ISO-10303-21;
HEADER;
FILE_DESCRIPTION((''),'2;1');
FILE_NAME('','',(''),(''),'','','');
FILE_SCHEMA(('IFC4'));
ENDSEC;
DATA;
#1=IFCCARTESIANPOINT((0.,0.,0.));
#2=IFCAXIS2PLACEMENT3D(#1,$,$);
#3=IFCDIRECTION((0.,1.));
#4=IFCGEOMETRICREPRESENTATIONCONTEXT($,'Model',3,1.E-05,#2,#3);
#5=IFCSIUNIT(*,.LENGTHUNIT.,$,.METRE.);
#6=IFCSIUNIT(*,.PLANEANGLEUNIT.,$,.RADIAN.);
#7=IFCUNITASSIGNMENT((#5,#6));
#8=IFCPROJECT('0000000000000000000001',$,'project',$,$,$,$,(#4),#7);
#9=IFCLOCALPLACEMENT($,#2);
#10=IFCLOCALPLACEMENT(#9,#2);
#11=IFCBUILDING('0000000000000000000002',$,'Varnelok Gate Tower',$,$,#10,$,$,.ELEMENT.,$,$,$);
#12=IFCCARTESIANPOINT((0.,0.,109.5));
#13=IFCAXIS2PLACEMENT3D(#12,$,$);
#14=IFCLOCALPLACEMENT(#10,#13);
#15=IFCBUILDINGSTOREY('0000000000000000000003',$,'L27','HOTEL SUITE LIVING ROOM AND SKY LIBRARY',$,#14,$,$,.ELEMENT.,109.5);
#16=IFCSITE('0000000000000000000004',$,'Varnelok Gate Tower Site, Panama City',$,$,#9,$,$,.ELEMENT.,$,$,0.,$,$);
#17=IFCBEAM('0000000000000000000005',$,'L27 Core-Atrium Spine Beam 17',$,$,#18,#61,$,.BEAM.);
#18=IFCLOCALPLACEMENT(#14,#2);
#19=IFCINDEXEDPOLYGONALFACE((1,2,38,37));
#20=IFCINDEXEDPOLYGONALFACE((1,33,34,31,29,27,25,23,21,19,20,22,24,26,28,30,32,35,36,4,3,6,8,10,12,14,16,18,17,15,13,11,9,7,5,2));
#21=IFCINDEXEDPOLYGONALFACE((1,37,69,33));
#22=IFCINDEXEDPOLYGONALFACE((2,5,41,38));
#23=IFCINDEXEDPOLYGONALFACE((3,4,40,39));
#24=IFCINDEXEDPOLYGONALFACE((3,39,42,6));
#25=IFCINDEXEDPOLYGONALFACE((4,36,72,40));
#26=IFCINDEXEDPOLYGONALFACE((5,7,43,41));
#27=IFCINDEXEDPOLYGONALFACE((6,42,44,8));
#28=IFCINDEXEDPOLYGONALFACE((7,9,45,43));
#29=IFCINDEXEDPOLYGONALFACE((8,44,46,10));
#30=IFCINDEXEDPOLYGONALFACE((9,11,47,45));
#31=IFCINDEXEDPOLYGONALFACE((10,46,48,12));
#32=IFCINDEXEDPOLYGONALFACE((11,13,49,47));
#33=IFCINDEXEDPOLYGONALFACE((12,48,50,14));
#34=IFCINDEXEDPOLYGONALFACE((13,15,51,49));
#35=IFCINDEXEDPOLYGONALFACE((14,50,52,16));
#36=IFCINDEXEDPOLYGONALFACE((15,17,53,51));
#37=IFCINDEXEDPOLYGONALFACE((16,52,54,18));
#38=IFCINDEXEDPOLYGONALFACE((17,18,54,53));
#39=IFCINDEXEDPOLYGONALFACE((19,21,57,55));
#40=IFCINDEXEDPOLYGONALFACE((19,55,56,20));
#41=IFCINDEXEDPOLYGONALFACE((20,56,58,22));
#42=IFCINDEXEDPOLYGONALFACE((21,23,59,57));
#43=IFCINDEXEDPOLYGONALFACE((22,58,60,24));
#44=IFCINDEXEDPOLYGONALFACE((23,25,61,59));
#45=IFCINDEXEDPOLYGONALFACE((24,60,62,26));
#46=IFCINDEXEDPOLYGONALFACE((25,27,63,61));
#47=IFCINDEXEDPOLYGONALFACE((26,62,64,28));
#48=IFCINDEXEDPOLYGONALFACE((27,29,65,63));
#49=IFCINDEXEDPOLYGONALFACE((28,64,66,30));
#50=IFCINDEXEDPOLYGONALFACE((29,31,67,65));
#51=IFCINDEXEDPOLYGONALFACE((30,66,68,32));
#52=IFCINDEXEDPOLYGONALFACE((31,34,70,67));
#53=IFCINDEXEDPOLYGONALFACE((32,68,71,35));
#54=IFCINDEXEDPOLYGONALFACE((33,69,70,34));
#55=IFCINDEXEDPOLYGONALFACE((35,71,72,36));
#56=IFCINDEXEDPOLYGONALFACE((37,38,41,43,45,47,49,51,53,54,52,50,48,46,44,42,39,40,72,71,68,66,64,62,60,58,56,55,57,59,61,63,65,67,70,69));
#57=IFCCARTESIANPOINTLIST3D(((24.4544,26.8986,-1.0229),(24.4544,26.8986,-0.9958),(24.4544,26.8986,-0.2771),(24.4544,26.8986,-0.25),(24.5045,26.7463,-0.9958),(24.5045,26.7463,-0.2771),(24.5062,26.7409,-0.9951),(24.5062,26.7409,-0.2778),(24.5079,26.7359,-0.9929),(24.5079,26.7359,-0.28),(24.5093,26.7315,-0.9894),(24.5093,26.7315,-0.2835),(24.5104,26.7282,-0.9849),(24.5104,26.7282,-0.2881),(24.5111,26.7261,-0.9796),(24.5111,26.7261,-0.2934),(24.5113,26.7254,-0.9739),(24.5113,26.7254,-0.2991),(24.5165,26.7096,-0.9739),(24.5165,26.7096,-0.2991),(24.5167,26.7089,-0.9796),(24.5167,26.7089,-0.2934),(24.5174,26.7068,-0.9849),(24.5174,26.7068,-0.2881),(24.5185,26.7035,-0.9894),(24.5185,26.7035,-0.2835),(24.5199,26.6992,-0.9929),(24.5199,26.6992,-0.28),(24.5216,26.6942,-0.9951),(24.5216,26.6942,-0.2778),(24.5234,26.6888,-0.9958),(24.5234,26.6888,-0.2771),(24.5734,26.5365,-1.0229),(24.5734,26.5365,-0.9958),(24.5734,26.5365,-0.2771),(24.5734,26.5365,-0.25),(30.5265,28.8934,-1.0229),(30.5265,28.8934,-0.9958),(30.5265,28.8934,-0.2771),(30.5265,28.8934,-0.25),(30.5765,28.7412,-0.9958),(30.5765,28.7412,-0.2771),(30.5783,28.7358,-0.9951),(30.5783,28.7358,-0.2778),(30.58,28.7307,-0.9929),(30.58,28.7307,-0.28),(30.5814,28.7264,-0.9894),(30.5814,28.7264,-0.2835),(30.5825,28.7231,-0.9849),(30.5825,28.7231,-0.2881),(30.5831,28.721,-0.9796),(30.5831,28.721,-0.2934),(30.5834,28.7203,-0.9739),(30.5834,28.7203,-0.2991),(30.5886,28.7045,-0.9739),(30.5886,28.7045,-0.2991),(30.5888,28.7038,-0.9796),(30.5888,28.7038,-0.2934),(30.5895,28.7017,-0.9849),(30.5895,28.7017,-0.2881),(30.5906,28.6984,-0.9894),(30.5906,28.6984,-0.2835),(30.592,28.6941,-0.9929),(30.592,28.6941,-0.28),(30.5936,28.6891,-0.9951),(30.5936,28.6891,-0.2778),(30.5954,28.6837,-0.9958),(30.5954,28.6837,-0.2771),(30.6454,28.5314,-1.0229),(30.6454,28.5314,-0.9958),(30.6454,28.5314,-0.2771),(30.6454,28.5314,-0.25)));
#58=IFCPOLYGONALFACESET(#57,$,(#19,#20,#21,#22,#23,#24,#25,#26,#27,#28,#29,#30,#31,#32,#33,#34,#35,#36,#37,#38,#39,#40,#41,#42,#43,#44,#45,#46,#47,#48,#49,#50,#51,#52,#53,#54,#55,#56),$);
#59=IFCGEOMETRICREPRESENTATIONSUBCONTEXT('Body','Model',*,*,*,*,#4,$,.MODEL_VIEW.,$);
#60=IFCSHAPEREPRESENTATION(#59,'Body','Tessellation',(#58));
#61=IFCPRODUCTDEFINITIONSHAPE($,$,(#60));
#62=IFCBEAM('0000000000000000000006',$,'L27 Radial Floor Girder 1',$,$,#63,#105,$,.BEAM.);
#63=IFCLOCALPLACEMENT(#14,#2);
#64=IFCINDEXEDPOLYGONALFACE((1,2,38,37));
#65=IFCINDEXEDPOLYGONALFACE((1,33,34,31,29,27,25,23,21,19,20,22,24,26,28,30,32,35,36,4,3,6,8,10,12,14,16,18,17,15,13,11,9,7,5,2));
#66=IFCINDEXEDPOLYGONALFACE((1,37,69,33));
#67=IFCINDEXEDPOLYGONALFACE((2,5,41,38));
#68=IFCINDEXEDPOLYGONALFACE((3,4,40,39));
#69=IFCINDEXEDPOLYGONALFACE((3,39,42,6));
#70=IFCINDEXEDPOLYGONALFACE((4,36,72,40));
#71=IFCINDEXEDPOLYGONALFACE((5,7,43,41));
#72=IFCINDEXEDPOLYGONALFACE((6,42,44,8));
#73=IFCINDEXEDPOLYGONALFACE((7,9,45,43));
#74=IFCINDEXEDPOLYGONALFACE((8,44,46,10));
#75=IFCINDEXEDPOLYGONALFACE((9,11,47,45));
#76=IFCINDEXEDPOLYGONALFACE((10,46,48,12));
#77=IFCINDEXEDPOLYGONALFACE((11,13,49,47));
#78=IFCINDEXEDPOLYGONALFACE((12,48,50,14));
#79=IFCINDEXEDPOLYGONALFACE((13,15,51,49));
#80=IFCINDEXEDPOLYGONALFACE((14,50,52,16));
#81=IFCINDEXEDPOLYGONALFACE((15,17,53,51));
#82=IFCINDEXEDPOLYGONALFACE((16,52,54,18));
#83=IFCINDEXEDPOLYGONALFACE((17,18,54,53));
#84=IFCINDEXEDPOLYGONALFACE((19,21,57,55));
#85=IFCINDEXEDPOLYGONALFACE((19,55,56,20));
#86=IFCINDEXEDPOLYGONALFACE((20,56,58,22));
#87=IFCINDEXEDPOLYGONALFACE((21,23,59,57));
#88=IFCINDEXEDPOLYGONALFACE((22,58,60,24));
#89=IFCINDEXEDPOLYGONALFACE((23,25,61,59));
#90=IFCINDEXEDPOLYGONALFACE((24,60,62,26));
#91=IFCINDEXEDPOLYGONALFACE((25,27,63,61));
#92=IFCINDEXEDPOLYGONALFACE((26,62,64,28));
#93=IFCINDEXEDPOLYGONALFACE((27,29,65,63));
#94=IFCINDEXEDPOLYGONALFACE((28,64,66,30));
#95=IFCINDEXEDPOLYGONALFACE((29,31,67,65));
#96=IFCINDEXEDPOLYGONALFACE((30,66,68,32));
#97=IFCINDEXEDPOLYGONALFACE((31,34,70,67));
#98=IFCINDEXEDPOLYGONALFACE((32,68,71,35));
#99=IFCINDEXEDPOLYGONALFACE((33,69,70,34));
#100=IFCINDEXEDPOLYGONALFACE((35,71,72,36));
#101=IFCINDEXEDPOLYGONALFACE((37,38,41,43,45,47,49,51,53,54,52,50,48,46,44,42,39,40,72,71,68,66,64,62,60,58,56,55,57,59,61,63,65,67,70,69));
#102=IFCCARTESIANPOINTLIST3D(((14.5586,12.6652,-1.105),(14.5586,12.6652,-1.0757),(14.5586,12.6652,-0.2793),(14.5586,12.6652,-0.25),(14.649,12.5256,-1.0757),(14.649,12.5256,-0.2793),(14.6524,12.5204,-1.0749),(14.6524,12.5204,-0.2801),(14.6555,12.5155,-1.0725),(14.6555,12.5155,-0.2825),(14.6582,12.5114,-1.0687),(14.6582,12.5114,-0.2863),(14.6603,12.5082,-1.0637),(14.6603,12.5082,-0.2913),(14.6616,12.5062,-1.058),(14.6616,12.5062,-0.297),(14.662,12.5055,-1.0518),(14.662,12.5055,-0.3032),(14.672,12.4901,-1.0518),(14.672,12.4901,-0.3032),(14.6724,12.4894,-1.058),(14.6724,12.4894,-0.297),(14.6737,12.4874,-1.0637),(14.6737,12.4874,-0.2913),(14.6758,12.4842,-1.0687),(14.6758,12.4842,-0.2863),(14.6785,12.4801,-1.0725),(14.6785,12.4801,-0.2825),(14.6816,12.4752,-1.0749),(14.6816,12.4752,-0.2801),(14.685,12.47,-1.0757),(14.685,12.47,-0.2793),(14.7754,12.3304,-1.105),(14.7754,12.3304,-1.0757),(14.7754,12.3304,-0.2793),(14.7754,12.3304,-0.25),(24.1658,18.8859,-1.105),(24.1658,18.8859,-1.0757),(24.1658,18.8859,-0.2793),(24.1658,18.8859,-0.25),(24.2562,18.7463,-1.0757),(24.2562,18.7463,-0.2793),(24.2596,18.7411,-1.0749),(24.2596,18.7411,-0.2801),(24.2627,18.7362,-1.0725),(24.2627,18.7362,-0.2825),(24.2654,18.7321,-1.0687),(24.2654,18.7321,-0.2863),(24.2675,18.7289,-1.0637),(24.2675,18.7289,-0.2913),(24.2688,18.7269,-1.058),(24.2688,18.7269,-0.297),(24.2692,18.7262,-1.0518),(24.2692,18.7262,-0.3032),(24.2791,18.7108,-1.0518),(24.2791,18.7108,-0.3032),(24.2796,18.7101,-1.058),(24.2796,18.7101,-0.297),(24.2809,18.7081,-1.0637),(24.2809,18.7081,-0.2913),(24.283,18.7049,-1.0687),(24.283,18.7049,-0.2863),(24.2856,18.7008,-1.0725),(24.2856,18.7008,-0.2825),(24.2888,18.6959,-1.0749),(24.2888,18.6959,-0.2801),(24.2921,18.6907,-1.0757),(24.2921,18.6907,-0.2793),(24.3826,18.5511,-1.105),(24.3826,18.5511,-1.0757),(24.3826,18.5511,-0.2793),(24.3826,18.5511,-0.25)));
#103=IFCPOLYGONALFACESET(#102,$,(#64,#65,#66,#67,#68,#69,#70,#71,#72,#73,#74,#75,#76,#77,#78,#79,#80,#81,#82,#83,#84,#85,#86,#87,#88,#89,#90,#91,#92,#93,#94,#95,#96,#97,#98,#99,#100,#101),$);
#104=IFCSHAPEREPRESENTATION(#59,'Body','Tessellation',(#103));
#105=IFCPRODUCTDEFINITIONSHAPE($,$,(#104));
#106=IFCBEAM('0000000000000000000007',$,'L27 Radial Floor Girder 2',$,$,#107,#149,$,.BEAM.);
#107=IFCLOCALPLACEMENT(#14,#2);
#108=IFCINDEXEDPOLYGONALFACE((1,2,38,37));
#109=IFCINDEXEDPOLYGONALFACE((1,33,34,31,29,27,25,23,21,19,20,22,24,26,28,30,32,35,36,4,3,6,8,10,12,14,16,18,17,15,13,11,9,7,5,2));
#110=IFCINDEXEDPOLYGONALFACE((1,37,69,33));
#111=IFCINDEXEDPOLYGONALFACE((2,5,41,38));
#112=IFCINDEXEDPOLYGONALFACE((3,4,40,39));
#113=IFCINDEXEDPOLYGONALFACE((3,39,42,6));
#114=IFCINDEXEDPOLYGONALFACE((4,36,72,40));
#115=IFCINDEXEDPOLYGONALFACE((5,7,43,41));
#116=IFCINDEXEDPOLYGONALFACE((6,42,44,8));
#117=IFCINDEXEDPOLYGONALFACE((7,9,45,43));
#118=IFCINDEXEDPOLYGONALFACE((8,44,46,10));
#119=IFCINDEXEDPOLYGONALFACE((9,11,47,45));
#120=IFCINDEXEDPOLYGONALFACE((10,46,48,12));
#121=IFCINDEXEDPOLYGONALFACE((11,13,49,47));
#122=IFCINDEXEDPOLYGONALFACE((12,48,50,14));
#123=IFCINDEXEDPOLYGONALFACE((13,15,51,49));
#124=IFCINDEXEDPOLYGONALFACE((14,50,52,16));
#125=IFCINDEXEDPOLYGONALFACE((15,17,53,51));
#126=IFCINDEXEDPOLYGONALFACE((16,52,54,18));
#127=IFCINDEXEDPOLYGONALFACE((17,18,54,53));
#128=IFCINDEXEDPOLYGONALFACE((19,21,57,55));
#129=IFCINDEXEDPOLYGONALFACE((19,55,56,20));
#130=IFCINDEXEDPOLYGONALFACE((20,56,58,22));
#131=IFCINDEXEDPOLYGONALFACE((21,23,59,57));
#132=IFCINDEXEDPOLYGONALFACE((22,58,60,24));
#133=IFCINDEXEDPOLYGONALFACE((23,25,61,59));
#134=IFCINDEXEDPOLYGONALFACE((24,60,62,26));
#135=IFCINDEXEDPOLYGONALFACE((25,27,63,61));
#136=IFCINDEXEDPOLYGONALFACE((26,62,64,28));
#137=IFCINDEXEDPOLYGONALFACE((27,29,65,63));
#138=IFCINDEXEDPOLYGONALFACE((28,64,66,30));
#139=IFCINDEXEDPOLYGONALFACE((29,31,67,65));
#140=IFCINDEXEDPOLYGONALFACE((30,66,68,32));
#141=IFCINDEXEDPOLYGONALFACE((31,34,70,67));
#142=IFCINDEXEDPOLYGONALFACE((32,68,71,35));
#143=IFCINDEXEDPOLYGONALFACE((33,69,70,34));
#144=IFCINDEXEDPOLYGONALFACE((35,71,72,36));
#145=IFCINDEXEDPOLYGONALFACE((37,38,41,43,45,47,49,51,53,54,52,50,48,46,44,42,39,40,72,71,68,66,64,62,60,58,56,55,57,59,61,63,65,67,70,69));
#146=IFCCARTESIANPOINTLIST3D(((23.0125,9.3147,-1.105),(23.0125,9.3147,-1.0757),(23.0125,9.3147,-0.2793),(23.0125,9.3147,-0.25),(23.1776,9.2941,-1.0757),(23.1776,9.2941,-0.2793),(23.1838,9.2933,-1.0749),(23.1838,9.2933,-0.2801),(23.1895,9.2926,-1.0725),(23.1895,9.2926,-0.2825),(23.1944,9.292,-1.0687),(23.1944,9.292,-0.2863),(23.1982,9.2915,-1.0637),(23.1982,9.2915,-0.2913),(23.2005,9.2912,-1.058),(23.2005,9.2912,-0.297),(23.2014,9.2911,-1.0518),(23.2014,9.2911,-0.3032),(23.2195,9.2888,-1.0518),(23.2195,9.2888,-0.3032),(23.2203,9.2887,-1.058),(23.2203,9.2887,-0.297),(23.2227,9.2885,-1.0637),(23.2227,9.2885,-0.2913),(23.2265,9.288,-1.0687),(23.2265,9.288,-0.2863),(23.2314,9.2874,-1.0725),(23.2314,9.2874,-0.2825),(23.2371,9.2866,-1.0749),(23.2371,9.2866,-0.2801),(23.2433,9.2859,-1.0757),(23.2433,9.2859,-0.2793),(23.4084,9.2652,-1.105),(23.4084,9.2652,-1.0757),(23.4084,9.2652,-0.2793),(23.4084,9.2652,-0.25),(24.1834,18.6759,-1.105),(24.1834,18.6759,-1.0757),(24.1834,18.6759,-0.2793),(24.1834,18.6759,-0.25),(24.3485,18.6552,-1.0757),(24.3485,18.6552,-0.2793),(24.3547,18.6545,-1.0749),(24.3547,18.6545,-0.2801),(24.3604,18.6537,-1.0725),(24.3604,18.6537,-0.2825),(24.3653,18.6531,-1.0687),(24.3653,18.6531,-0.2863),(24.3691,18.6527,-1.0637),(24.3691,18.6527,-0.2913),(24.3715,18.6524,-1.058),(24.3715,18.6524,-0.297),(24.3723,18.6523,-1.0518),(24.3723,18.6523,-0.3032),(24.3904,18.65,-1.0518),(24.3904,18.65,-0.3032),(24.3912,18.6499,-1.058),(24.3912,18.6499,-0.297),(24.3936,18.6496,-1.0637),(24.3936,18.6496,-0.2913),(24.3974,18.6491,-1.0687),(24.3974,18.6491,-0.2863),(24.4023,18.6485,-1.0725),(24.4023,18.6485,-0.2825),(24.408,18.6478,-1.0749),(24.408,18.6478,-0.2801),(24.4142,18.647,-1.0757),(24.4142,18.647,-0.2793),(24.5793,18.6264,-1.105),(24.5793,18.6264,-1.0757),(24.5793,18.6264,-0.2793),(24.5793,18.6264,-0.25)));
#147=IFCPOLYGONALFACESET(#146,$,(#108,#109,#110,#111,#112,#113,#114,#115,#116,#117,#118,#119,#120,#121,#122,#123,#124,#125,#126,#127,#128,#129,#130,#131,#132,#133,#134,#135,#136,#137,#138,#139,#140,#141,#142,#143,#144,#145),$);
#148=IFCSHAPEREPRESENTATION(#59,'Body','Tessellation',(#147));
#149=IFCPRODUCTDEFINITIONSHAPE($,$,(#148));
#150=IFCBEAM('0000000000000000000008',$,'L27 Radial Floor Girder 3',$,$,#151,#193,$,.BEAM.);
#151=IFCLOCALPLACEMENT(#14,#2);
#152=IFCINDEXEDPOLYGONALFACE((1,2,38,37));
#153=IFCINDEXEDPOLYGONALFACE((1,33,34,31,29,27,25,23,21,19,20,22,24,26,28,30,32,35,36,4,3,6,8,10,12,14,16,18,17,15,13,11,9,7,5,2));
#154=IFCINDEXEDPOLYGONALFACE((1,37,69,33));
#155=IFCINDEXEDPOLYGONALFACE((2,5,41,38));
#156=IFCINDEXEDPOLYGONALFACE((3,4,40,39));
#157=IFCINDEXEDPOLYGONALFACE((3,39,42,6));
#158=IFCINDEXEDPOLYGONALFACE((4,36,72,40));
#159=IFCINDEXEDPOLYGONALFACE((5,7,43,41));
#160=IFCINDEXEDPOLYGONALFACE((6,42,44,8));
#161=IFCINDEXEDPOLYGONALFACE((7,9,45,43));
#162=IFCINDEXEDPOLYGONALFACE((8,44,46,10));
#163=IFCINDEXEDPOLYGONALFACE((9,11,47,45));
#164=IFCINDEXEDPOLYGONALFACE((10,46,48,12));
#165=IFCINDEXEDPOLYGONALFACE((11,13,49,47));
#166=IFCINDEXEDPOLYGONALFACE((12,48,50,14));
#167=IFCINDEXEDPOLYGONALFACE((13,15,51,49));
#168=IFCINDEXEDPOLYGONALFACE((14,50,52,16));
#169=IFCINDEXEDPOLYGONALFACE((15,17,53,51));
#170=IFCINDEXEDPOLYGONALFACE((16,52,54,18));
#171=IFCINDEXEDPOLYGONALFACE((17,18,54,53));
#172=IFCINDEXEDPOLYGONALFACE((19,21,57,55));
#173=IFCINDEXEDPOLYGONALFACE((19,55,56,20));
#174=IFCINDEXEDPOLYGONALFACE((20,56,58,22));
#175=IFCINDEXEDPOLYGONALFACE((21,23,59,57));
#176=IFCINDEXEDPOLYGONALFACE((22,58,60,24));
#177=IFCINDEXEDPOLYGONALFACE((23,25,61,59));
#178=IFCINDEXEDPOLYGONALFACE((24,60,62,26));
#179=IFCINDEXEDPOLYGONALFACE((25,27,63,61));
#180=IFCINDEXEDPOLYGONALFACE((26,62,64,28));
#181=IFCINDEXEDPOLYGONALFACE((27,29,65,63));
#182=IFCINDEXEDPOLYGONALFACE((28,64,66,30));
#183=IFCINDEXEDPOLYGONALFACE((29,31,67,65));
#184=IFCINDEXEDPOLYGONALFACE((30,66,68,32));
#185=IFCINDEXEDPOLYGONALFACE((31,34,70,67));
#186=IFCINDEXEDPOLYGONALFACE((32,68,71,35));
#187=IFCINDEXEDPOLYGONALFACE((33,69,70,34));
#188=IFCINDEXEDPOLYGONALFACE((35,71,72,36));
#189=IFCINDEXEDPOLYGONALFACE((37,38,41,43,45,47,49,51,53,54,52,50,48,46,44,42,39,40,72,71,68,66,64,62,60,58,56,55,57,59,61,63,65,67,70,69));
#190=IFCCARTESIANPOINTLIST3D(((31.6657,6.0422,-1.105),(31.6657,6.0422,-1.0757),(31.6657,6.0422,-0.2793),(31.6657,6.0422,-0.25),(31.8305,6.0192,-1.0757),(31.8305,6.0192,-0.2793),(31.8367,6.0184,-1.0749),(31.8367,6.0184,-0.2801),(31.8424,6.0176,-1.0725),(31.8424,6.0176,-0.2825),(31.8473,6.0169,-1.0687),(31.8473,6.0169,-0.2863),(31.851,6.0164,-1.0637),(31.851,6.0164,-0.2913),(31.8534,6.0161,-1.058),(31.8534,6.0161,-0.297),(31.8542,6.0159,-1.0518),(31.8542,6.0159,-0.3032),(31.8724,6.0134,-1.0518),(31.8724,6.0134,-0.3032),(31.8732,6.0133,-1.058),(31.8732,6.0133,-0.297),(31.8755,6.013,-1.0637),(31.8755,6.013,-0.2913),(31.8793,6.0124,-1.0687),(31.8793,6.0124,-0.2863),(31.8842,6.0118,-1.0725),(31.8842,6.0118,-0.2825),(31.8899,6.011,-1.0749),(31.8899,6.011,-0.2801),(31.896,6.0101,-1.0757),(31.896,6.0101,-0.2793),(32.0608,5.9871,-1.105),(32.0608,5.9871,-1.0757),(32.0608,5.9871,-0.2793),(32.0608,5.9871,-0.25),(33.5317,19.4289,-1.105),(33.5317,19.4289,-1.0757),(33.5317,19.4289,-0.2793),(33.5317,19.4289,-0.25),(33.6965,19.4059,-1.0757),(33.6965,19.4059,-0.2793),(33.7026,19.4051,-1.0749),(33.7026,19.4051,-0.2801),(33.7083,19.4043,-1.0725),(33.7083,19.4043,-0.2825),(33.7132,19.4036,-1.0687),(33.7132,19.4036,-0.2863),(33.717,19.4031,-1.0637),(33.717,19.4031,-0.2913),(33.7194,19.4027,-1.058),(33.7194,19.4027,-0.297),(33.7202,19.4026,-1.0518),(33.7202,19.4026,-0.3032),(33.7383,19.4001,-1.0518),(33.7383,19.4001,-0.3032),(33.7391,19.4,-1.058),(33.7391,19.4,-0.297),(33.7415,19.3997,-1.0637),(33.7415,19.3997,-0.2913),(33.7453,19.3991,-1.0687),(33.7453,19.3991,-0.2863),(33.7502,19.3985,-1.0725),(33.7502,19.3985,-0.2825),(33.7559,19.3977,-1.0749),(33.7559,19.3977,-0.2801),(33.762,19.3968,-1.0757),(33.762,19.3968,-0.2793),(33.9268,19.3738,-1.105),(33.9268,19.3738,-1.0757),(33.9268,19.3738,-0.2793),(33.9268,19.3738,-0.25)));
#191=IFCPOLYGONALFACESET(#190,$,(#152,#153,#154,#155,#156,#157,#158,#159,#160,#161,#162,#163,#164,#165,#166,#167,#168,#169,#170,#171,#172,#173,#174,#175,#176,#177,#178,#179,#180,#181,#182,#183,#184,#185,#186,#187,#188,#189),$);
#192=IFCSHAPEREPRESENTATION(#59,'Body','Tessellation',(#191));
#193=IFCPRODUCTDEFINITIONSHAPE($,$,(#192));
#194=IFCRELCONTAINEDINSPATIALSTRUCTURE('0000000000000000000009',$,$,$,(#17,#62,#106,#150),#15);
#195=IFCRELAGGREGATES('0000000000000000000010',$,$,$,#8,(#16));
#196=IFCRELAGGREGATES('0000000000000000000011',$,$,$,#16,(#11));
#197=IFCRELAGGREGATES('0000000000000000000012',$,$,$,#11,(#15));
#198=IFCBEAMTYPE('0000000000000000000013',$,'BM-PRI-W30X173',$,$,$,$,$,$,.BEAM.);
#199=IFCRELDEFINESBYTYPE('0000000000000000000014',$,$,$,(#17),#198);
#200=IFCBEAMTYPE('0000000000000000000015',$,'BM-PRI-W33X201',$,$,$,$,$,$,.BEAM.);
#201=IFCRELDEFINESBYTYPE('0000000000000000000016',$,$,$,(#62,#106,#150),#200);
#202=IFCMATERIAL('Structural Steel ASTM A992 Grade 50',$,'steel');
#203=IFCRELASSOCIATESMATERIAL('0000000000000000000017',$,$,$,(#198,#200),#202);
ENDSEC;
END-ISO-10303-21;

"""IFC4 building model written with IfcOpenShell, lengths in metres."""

from ifc_helpers import new_model, si_unit, direction, frame, origin, origin_2d, place, context, subcontext, project, spatial, i_section, extrude, material, material_profile, profile_set, type_object, element, save


model = new_model("IFC4")

# Units and contexts
model_context = context("Model", 3, precision=1e-05, world=origin(), true_north=direction((0.0, 1.0)))
body_context = subcontext(model_context, "Body", "Model", "MODEL_VIEW")
ifc_project = project(units=[si_unit("LENGTHUNIT", "METRE"), si_unit("PLANEANGLEUNIT", "RADIAN")], contexts=[model_context])

# Site, building, storey
site_placement = place(None, origin())
site = spatial("IfcSite", under=ifc_project, at=site_placement, Name="Varnelok Gate Tower Site, Panama City", CompositionType="ELEMENT", RefElevation=0.0)
building_placement = place(site_placement, origin())
building = spatial("IfcBuilding", under=site, at=building_placement, Name="Varnelok Gate Tower", CompositionType="ELEMENT")
storey_placement = place(building_placement, frame((0.0, 0.0, 109.5)))
storey = spatial("IfcBuildingStorey", under=building, at=storey_placement, Name="L27", Description="HOTEL SUITE LIVING ROOM AND SKY LIBRARY", CompositionType="ELEMENT", Elevation=109.5)

# Shared definitions
ifc_material_1 = material(Name="Structural Steel ASTM A992 Grade 50", Category="steel")

# Beams
ifc_material_profile_1 = material_profile(ifc_material_1, i_section(OverallWidth=0.3811, OverallDepth=0.7729, WebThickness=0.0166, FlangeThickness=0.0271, FilletRadius=0.022, at=origin_2d()), Name="W30X173")
ifc_profile_set_1 = profile_set([ifc_material_profile_1], Name="Structural Steel ASTM A992 Grade 50")
beam_type_1 = type_object("IfcBeamType", Name="BM-PRI-W30X173", PredefinedType="BEAM", material=ifc_profile_set_1)
beam_1_placement = place(storey_placement, frame((24.5139, 26.7175, -0.6365), z_axis=(0.950042, 0.312122, 0.0), x_axis=(-0.312122, 0.950042, 0.0)))
element("IfcBeam", 1, at=beam_1_placement, inside=storey, type_object=beam_type_1, Name="L27 Core-Atrium Spine Beam 17", PredefinedType="BEAM", context=body_context, shape_type="SweptSolid", body=[
    extrude(i_section(OverallWidth=0.3811, OverallDepth=0.7729, WebThickness=0.0166, FlangeThickness=0.0271, FilletRadius=0.022, at=origin_2d()), origin(), (0.0, 0.0, 1.0), 6.3914),
])
ifc_material_profile_2 = material_profile(ifc_material_1, i_section(OverallWidth=0.3989, OverallDepth=0.855, WebThickness=0.0183, FlangeThickness=0.0293, FilletRadius=0.0239, at=origin_2d()), Name="W33X201")
ifc_profile_set_2 = profile_set([ifc_material_profile_2], Name="Structural Steel ASTM A992 Grade 50")
beam_type_2 = type_object("IfcBeamType", Name="BM-PRI-W33X201", PredefinedType="BEAM", material=ifc_profile_set_2)
beam_2_placement = place(storey_placement, frame((24.2742, 18.7185, -0.6775), z_axis=(-0.839399, -0.543516, 0.0), x_axis=(0.543516, -0.839399, 0.0)))
element("IfcBeam", 2, at=beam_2_placement, inside=storey, type_object=beam_type_2, Name="L27 Radial Floor Girder 1", PredefinedType="BEAM", context=body_context, shape_type="SweptSolid", body=[
    extrude(i_section(OverallWidth=0.3989, OverallDepth=0.855, WebThickness=0.0183, FlangeThickness=0.0293, FilletRadius=0.0239, at=origin_2d()), origin(), (0.0, 0.0, 1.0), 11.4453),
])
beam_3_placement = place(storey_placement, frame((24.3813, 18.6511, -0.6775), z_axis=(-0.124114, -0.992268, 0.0), x_axis=(0.992268, -0.124114, 0.0)))
element("IfcBeam", 3, at=beam_3_placement, inside=storey, type_object=beam_type_2, Name="L27 Radial Floor Girder 2", PredefinedType="BEAM", context=body_context, shape_type="SweptSolid", body=[
    extrude(i_section(OverallWidth=0.3989, OverallDepth=0.855, WebThickness=0.0183, FlangeThickness=0.0293, FilletRadius=0.0239, at=origin_2d()), origin(), (0.0, 0.0, 1.0), 9.4341),
])
beam_4_placement = place(storey_placement, frame((33.7292, 19.4014, -0.6775), z_axis=(-0.138055, -0.990425, 0.0), x_axis=(0.990425, -0.138055, 0.0)))
element("IfcBeam", 4, at=beam_4_placement, inside=storey, type_object=beam_type_2, Name="L27 Radial Floor Girder 3", PredefinedType="BEAM", context=body_context, shape_type="SweptSolid", body=[
    extrude(i_section(OverallWidth=0.3989, OverallDepth=0.855, WebThickness=0.0183, FlangeThickness=0.0293, FilletRadius=0.0239, at=origin_2d()), origin(), (0.0, 0.0, 1.0), 13.5161),
])

save(model, "model.ifc")
